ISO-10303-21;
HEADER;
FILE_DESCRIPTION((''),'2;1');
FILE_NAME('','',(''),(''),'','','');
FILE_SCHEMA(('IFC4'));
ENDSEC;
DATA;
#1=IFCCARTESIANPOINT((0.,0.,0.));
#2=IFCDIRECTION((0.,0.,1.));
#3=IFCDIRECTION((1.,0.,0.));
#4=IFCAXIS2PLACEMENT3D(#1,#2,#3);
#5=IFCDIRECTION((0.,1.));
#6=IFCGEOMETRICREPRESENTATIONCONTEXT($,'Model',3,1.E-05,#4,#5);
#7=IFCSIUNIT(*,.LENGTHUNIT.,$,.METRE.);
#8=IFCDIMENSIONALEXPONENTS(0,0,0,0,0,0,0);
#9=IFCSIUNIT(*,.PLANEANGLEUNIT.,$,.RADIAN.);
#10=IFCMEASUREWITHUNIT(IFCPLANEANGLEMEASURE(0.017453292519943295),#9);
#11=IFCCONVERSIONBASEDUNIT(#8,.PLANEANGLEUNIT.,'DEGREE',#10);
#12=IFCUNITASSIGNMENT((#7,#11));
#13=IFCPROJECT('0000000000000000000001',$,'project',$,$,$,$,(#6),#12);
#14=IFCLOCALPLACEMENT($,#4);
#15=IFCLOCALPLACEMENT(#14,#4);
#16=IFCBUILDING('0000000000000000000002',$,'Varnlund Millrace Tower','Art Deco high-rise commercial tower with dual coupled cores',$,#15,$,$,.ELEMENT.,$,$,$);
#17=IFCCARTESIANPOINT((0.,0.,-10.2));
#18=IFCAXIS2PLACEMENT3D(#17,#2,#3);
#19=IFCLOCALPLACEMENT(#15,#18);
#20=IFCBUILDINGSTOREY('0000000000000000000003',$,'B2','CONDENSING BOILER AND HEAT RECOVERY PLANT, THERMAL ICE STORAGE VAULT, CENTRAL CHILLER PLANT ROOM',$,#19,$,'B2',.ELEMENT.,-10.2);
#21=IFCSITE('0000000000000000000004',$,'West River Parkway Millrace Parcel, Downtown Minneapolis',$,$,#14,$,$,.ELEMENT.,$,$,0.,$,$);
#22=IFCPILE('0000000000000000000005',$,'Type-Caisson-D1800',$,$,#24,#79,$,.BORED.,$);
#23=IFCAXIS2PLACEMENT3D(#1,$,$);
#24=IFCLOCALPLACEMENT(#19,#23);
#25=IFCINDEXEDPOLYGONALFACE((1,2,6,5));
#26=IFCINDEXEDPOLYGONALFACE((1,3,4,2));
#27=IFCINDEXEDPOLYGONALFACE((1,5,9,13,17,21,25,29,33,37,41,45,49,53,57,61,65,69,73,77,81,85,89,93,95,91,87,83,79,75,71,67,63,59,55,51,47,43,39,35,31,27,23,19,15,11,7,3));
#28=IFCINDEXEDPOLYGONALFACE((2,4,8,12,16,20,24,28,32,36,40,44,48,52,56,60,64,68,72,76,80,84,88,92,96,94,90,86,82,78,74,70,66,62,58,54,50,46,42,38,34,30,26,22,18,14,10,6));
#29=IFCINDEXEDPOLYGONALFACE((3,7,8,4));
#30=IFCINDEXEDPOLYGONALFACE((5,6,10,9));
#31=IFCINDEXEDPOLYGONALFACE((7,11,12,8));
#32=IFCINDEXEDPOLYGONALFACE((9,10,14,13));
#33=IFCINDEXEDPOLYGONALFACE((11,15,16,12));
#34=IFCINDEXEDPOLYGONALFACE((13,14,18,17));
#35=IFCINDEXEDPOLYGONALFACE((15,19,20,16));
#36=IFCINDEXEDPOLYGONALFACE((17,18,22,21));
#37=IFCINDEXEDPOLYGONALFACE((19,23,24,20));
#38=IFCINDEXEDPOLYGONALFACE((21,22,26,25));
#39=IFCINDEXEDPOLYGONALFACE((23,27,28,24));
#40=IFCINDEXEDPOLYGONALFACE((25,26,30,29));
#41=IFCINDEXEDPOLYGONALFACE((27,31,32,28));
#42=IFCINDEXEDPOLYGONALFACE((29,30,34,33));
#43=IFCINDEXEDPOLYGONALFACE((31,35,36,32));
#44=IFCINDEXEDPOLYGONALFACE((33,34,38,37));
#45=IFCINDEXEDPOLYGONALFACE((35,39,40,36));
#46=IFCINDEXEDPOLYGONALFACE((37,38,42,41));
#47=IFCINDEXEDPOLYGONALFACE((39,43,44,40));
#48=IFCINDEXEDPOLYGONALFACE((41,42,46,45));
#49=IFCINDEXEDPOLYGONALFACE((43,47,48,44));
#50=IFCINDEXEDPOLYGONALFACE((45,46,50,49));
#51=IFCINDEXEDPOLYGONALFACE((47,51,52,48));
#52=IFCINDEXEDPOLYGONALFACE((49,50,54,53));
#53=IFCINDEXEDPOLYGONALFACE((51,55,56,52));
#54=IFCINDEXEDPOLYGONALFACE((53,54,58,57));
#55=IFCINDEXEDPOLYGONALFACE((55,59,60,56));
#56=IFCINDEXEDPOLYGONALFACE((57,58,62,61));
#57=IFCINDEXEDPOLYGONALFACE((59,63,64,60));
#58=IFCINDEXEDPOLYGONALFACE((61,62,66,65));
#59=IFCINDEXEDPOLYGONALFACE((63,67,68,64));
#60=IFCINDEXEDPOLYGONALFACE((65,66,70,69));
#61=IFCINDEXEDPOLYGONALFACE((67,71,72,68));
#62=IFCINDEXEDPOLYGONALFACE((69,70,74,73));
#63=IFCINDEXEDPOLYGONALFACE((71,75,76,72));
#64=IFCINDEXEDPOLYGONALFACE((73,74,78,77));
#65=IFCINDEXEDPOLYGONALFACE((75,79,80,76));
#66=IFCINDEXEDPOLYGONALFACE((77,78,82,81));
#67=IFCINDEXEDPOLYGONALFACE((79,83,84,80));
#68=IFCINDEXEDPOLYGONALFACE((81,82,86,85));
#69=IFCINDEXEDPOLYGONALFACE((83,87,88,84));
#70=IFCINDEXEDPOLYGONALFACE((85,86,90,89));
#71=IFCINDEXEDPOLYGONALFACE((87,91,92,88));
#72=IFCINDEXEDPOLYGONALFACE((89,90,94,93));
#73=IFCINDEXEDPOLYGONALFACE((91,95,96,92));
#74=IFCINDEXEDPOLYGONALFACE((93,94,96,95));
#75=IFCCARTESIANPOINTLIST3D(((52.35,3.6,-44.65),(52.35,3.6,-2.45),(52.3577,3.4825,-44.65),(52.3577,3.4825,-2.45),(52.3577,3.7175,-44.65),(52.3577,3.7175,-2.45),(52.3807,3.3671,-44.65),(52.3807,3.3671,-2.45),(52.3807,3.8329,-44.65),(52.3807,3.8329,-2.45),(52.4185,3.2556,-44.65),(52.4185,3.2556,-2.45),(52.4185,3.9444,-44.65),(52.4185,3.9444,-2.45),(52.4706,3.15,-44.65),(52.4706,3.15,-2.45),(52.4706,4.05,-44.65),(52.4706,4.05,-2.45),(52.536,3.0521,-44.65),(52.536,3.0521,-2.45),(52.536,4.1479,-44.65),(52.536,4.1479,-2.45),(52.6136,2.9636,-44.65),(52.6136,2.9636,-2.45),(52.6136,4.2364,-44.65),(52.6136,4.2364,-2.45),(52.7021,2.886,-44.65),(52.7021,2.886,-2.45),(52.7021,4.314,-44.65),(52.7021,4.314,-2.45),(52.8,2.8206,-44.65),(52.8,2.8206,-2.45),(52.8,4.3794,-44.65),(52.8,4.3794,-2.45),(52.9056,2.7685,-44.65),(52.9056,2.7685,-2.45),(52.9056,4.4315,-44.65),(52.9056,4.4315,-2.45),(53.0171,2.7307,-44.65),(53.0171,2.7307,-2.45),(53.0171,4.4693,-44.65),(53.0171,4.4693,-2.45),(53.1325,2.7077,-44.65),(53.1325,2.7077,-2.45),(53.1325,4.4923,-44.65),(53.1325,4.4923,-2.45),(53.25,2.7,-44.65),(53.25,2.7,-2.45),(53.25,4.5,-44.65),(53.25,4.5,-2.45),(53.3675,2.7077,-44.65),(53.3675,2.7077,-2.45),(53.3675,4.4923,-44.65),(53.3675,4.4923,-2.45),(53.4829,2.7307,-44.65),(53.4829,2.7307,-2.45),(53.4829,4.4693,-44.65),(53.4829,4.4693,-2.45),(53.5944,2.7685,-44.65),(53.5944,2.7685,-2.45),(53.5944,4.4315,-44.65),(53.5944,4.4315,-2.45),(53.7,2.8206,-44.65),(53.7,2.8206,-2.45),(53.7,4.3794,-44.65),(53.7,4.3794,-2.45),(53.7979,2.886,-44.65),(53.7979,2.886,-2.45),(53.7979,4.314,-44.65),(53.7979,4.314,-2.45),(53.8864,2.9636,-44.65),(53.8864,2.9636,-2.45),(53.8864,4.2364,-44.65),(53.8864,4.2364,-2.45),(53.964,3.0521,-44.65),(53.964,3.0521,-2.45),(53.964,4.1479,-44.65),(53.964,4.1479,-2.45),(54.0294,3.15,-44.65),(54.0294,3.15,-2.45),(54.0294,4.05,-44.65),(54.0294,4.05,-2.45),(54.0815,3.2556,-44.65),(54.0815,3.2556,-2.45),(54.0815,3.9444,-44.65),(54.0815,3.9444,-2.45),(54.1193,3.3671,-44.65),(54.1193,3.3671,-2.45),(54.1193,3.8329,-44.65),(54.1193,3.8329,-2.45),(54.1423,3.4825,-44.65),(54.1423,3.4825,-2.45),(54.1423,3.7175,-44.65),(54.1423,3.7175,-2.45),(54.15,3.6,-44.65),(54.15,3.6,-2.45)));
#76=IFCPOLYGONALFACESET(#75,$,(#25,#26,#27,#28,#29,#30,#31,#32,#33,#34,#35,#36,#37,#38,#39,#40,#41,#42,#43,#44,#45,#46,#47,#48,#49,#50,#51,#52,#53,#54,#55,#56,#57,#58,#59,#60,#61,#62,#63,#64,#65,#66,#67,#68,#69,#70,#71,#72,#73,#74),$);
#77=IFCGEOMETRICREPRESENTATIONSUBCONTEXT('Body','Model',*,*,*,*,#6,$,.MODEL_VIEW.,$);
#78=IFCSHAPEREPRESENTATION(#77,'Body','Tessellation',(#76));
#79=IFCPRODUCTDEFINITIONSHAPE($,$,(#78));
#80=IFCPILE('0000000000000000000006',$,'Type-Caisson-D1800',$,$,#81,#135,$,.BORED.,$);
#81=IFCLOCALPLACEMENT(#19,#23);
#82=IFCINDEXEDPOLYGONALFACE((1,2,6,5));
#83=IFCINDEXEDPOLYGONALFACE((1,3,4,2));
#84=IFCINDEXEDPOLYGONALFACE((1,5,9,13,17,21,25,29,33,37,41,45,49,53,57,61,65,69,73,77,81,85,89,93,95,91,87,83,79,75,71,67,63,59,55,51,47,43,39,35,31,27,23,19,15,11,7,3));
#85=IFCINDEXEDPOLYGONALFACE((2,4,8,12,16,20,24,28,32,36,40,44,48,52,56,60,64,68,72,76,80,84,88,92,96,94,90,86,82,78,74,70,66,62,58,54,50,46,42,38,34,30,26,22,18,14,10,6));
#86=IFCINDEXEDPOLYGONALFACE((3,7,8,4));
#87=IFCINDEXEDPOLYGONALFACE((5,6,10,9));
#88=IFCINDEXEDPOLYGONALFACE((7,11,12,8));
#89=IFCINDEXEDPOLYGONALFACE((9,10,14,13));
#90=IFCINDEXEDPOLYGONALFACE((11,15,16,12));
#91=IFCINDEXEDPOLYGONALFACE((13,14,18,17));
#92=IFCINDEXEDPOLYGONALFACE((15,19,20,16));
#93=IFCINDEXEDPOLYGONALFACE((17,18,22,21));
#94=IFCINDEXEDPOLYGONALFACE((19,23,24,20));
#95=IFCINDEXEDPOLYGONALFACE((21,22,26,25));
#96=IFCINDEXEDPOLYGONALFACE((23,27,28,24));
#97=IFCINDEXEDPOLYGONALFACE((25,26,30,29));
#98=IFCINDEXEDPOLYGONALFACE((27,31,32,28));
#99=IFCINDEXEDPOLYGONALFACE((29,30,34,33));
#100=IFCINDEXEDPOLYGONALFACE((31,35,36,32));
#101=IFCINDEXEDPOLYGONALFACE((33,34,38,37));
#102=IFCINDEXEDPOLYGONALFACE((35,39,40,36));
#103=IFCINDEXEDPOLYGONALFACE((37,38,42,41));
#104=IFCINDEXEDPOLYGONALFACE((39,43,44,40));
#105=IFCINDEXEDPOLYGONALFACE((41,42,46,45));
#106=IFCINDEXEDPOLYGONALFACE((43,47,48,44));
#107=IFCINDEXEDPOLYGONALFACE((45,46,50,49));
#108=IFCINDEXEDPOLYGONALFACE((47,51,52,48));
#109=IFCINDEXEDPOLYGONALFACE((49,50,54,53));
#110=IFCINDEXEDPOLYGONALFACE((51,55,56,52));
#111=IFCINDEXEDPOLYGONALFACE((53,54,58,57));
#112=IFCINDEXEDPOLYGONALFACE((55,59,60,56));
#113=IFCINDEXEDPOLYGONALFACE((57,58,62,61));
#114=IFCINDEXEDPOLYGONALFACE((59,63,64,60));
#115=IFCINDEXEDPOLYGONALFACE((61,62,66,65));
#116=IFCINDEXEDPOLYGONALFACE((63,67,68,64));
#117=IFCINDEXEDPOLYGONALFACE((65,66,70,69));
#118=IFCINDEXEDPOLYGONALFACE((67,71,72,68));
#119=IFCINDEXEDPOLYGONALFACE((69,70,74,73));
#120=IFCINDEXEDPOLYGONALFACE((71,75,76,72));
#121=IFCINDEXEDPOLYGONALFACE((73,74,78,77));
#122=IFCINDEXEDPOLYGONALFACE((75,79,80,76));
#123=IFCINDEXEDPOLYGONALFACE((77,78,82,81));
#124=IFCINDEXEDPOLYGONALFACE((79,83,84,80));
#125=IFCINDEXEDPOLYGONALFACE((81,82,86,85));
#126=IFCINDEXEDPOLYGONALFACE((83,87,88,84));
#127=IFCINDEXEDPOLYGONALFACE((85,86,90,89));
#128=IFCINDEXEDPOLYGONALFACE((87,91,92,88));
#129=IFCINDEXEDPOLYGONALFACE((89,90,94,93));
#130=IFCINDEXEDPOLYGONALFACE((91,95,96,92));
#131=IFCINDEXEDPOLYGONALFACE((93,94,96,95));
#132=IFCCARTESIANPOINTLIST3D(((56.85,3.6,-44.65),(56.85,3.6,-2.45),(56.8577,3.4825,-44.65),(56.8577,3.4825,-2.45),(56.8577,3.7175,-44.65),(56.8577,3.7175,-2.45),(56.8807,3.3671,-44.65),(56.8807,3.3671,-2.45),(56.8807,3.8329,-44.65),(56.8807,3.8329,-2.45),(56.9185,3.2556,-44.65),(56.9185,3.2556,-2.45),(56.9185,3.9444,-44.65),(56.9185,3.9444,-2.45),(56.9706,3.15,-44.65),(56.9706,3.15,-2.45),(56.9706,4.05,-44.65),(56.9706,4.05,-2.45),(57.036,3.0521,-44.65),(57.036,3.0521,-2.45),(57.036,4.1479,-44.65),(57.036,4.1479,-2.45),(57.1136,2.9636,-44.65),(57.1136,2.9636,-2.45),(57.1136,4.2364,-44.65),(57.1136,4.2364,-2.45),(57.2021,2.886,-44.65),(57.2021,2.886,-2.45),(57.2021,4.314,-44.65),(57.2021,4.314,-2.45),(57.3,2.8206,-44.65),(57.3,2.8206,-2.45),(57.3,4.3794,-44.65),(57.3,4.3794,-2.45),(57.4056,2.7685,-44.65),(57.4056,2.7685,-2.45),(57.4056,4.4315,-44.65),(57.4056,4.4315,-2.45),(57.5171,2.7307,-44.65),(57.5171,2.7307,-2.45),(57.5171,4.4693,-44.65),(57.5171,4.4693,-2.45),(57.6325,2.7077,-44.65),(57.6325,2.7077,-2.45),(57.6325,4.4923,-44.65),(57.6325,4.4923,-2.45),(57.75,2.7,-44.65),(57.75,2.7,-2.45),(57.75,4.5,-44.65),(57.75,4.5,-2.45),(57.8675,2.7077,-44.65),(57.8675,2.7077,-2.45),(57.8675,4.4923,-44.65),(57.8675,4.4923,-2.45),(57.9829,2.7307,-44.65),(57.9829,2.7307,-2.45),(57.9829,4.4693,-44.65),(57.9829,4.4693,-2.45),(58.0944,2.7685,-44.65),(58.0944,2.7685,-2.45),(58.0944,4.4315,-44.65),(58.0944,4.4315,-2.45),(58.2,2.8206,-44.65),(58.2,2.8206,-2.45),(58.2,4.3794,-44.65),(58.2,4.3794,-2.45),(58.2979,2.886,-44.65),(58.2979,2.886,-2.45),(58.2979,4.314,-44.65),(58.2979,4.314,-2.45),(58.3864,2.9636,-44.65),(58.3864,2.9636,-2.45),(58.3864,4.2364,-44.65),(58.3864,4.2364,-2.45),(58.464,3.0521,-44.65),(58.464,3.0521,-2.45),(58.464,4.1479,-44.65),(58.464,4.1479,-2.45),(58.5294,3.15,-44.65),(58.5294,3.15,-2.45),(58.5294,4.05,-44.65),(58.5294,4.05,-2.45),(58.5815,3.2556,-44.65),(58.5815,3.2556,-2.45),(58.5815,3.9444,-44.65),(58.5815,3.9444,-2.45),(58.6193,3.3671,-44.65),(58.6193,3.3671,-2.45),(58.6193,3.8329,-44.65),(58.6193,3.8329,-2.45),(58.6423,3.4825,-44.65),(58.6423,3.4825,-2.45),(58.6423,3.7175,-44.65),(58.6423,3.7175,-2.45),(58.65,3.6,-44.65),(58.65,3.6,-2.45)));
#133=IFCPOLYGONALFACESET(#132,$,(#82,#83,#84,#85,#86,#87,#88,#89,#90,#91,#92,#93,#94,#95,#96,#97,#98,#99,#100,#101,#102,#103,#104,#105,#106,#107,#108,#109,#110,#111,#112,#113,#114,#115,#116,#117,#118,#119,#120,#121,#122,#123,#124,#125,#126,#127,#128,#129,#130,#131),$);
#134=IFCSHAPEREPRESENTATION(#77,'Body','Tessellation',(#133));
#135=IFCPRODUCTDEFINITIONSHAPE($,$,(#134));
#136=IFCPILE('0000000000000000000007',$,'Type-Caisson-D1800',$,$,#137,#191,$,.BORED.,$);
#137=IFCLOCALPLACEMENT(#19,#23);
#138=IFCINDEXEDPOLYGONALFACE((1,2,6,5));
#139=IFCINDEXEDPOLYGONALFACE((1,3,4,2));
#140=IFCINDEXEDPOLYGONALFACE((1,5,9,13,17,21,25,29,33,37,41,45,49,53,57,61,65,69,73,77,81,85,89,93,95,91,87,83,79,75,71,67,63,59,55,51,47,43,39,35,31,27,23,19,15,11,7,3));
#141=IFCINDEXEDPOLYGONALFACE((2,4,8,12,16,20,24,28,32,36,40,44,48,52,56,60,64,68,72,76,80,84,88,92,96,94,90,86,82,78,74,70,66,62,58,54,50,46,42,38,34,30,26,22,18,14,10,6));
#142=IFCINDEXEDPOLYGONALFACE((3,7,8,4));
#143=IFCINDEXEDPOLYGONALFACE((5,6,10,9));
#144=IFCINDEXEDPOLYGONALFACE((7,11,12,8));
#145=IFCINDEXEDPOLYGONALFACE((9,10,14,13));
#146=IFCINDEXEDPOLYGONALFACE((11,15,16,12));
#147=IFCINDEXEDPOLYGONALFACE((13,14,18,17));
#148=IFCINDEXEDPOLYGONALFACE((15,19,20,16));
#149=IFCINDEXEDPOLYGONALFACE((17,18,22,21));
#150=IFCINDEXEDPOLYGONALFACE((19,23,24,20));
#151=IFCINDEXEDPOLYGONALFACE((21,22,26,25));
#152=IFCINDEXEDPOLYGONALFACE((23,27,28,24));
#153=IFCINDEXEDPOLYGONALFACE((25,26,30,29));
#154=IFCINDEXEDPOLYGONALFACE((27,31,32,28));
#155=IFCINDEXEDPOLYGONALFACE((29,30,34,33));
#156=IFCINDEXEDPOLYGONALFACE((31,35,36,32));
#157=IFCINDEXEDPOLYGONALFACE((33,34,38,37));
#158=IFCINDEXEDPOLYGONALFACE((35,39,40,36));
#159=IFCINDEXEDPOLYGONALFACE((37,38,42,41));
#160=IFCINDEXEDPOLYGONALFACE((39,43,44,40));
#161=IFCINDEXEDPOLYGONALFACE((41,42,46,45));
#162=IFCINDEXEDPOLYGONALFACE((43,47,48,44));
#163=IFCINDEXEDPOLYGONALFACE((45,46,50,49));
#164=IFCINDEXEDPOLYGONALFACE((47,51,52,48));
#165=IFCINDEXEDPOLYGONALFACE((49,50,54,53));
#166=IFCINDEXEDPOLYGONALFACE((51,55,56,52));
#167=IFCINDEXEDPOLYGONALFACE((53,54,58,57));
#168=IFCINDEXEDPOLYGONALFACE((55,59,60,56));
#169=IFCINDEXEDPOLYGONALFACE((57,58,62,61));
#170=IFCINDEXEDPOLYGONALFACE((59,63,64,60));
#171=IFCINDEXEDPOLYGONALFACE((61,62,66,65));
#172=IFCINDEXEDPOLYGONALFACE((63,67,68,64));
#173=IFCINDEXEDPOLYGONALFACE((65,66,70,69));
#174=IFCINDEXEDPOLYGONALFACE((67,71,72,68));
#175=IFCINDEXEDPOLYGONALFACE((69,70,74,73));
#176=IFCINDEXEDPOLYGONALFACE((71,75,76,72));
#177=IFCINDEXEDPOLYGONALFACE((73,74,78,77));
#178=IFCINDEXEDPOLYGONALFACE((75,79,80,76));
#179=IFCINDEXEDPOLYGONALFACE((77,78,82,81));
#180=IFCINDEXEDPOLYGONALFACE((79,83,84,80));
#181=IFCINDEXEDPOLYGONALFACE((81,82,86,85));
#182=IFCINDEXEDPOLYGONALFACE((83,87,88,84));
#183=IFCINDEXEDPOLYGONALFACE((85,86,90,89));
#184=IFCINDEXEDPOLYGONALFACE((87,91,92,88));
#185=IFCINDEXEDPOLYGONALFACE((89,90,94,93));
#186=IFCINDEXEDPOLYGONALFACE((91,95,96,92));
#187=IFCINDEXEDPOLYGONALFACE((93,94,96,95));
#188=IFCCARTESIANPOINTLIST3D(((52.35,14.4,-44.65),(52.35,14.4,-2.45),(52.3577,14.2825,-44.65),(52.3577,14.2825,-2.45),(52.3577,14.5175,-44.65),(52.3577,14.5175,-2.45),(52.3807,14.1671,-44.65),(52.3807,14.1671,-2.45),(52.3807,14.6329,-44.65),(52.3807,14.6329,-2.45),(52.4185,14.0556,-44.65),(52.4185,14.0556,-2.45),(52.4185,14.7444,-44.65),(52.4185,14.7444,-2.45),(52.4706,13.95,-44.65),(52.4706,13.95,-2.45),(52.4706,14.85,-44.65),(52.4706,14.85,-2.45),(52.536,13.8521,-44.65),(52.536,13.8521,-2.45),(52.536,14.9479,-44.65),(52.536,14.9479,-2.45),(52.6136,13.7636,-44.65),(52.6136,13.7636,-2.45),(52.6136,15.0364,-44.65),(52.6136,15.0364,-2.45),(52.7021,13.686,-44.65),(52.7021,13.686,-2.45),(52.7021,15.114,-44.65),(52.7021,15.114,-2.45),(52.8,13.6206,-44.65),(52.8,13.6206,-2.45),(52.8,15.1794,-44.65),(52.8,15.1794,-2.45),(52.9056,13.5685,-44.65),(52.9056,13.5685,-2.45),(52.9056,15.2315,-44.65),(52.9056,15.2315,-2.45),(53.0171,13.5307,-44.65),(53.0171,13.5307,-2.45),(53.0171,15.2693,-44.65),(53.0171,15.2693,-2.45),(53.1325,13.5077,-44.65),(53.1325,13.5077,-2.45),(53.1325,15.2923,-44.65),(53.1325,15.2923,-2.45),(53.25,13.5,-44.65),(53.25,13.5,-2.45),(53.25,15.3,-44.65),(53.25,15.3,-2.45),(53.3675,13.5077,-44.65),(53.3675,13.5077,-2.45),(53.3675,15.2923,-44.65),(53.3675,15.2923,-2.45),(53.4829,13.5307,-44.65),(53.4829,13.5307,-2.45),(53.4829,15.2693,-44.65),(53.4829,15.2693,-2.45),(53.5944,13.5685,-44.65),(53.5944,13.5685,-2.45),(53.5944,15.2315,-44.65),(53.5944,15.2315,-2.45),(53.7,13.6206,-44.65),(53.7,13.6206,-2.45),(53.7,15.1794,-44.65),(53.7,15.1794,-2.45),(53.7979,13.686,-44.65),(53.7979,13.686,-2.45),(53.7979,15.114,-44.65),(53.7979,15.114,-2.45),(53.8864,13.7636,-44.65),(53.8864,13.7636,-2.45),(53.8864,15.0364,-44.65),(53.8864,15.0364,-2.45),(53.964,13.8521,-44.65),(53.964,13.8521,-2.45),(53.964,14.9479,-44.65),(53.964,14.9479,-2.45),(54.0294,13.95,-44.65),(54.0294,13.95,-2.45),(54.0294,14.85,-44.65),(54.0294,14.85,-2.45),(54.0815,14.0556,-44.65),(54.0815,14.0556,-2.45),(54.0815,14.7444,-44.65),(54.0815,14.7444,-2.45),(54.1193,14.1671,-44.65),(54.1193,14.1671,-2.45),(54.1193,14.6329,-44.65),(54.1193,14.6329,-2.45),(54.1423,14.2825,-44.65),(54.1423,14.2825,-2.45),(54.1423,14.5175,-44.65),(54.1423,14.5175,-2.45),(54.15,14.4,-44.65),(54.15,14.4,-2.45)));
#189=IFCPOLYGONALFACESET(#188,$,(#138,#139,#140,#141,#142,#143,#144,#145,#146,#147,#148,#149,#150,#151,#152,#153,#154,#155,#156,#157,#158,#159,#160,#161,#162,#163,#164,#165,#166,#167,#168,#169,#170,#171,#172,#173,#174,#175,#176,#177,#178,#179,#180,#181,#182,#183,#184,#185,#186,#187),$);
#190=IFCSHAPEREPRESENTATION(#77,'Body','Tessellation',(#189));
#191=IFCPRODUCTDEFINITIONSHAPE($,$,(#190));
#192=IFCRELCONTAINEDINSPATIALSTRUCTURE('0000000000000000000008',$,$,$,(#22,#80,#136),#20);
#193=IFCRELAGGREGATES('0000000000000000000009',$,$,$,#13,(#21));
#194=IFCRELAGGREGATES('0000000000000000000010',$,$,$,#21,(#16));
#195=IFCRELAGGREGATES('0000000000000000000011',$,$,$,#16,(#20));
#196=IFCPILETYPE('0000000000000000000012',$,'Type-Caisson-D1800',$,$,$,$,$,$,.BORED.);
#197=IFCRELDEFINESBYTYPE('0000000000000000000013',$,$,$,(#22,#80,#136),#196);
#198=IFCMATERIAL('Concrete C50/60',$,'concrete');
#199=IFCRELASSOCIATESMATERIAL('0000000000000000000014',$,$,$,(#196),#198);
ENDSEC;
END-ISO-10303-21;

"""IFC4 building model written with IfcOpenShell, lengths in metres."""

from ifc_helpers import new_model, entity, si_unit, converted_unit, direction, frame, origin_with_axes, origin_2d_with_axis, place, context, subcontext, project, spatial, circle, extrude, material, material_profile, profile_set, type_object, element, save


model = new_model("IFC4")

# Units and contexts
model_context = context("Model", 3, precision=1e-05, world=origin_with_axes(), true_north=direction((0.0, 1.0)))
body_context = subcontext(model_context, "Body", "Model", "MODEL_VIEW")
ifc_project = project(units=[si_unit("LENGTHUNIT", "METRE"), converted_unit("PLANEANGLEUNIT", "DEGREE", entity("IfcPlaneAngleMeasure", 0.017453292519943295), si_unit("PLANEANGLEUNIT", "RADIAN"), dimensions=[0, 0, 0, 0, 0, 0, 0])], contexts=[model_context])

# Site, building, storey
site_placement = place(None, origin_with_axes())
site = spatial("IfcSite", under=ifc_project, at=site_placement, Name="West River Parkway Millrace Parcel, Downtown Minneapolis", CompositionType="ELEMENT", RefElevation=0.0)
building_placement = place(site_placement, origin_with_axes())
building = spatial("IfcBuilding", under=site, at=building_placement, Name="Varnlund Millrace Tower", Description="Art Deco high-rise commercial tower with dual coupled cores", CompositionType="ELEMENT")
storey_placement = place(building_placement, frame((0.0, 0.0, -10.2), z_axis=(0.0, 0.0, 1.0), x_axis=(1.0, 0.0, 0.0)))
storey = spatial("IfcBuildingStorey", under=building, at=storey_placement, Name="B2", Description="CONDENSING BOILER AND HEAT RECOVERY PLANT, THERMAL ICE STORAGE VAULT, CENTRAL CHILLER PLANT ROOM", LongName="B2", CompositionType="ELEMENT", Elevation=-10.2)

# Piles
ifc_material = material(Name="Concrete C50/60", Category="concrete")
ifc_material_profile_1 = material_profile(ifc_material, circle(Radius=0.9, at=origin_2d_with_axis()), Name="Concrete C50/60")
ifc_profile_set_1 = profile_set([ifc_material_profile_1], Name="Concrete C50/60")
pile_type_1 = type_object("IfcPileType", Name="Type-Caisson-D1800", PredefinedType="BORED", material=ifc_profile_set_1)
for number, where, z_axis, x_axis, name in (
    (1, (53.25, 3.6, -44.65), (0.0, 0.0, 1.0), (1.0, 0.0, 0.0), "Type-Caisson-D1800"),
    (2, (57.75, 3.6, -44.65), (0.0, 0.0, 1.0), (1.0, 0.0, 0.0), "Type-Caisson-D1800"),
    (3, (53.25, 14.4, -44.65), (0.0, 0.0, 1.0), (1.0, 0.0, 0.0), "Type-Caisson-D1800"),
):
    element("IfcPile", number, at=place(storey_placement, frame(where, z_axis=z_axis, x_axis=x_axis)), inside=storey, type_object=pile_type_1, Name=name, PredefinedType="BORED", context=body_context, shape_type="SweptSolid", body=[
        extrude(circle(Radius=0.9, at=origin_2d_with_axis()), origin_with_axes(), (0.0, 0.0, 1.0), 42.2),
    ])

save(model, "model.ifc")
